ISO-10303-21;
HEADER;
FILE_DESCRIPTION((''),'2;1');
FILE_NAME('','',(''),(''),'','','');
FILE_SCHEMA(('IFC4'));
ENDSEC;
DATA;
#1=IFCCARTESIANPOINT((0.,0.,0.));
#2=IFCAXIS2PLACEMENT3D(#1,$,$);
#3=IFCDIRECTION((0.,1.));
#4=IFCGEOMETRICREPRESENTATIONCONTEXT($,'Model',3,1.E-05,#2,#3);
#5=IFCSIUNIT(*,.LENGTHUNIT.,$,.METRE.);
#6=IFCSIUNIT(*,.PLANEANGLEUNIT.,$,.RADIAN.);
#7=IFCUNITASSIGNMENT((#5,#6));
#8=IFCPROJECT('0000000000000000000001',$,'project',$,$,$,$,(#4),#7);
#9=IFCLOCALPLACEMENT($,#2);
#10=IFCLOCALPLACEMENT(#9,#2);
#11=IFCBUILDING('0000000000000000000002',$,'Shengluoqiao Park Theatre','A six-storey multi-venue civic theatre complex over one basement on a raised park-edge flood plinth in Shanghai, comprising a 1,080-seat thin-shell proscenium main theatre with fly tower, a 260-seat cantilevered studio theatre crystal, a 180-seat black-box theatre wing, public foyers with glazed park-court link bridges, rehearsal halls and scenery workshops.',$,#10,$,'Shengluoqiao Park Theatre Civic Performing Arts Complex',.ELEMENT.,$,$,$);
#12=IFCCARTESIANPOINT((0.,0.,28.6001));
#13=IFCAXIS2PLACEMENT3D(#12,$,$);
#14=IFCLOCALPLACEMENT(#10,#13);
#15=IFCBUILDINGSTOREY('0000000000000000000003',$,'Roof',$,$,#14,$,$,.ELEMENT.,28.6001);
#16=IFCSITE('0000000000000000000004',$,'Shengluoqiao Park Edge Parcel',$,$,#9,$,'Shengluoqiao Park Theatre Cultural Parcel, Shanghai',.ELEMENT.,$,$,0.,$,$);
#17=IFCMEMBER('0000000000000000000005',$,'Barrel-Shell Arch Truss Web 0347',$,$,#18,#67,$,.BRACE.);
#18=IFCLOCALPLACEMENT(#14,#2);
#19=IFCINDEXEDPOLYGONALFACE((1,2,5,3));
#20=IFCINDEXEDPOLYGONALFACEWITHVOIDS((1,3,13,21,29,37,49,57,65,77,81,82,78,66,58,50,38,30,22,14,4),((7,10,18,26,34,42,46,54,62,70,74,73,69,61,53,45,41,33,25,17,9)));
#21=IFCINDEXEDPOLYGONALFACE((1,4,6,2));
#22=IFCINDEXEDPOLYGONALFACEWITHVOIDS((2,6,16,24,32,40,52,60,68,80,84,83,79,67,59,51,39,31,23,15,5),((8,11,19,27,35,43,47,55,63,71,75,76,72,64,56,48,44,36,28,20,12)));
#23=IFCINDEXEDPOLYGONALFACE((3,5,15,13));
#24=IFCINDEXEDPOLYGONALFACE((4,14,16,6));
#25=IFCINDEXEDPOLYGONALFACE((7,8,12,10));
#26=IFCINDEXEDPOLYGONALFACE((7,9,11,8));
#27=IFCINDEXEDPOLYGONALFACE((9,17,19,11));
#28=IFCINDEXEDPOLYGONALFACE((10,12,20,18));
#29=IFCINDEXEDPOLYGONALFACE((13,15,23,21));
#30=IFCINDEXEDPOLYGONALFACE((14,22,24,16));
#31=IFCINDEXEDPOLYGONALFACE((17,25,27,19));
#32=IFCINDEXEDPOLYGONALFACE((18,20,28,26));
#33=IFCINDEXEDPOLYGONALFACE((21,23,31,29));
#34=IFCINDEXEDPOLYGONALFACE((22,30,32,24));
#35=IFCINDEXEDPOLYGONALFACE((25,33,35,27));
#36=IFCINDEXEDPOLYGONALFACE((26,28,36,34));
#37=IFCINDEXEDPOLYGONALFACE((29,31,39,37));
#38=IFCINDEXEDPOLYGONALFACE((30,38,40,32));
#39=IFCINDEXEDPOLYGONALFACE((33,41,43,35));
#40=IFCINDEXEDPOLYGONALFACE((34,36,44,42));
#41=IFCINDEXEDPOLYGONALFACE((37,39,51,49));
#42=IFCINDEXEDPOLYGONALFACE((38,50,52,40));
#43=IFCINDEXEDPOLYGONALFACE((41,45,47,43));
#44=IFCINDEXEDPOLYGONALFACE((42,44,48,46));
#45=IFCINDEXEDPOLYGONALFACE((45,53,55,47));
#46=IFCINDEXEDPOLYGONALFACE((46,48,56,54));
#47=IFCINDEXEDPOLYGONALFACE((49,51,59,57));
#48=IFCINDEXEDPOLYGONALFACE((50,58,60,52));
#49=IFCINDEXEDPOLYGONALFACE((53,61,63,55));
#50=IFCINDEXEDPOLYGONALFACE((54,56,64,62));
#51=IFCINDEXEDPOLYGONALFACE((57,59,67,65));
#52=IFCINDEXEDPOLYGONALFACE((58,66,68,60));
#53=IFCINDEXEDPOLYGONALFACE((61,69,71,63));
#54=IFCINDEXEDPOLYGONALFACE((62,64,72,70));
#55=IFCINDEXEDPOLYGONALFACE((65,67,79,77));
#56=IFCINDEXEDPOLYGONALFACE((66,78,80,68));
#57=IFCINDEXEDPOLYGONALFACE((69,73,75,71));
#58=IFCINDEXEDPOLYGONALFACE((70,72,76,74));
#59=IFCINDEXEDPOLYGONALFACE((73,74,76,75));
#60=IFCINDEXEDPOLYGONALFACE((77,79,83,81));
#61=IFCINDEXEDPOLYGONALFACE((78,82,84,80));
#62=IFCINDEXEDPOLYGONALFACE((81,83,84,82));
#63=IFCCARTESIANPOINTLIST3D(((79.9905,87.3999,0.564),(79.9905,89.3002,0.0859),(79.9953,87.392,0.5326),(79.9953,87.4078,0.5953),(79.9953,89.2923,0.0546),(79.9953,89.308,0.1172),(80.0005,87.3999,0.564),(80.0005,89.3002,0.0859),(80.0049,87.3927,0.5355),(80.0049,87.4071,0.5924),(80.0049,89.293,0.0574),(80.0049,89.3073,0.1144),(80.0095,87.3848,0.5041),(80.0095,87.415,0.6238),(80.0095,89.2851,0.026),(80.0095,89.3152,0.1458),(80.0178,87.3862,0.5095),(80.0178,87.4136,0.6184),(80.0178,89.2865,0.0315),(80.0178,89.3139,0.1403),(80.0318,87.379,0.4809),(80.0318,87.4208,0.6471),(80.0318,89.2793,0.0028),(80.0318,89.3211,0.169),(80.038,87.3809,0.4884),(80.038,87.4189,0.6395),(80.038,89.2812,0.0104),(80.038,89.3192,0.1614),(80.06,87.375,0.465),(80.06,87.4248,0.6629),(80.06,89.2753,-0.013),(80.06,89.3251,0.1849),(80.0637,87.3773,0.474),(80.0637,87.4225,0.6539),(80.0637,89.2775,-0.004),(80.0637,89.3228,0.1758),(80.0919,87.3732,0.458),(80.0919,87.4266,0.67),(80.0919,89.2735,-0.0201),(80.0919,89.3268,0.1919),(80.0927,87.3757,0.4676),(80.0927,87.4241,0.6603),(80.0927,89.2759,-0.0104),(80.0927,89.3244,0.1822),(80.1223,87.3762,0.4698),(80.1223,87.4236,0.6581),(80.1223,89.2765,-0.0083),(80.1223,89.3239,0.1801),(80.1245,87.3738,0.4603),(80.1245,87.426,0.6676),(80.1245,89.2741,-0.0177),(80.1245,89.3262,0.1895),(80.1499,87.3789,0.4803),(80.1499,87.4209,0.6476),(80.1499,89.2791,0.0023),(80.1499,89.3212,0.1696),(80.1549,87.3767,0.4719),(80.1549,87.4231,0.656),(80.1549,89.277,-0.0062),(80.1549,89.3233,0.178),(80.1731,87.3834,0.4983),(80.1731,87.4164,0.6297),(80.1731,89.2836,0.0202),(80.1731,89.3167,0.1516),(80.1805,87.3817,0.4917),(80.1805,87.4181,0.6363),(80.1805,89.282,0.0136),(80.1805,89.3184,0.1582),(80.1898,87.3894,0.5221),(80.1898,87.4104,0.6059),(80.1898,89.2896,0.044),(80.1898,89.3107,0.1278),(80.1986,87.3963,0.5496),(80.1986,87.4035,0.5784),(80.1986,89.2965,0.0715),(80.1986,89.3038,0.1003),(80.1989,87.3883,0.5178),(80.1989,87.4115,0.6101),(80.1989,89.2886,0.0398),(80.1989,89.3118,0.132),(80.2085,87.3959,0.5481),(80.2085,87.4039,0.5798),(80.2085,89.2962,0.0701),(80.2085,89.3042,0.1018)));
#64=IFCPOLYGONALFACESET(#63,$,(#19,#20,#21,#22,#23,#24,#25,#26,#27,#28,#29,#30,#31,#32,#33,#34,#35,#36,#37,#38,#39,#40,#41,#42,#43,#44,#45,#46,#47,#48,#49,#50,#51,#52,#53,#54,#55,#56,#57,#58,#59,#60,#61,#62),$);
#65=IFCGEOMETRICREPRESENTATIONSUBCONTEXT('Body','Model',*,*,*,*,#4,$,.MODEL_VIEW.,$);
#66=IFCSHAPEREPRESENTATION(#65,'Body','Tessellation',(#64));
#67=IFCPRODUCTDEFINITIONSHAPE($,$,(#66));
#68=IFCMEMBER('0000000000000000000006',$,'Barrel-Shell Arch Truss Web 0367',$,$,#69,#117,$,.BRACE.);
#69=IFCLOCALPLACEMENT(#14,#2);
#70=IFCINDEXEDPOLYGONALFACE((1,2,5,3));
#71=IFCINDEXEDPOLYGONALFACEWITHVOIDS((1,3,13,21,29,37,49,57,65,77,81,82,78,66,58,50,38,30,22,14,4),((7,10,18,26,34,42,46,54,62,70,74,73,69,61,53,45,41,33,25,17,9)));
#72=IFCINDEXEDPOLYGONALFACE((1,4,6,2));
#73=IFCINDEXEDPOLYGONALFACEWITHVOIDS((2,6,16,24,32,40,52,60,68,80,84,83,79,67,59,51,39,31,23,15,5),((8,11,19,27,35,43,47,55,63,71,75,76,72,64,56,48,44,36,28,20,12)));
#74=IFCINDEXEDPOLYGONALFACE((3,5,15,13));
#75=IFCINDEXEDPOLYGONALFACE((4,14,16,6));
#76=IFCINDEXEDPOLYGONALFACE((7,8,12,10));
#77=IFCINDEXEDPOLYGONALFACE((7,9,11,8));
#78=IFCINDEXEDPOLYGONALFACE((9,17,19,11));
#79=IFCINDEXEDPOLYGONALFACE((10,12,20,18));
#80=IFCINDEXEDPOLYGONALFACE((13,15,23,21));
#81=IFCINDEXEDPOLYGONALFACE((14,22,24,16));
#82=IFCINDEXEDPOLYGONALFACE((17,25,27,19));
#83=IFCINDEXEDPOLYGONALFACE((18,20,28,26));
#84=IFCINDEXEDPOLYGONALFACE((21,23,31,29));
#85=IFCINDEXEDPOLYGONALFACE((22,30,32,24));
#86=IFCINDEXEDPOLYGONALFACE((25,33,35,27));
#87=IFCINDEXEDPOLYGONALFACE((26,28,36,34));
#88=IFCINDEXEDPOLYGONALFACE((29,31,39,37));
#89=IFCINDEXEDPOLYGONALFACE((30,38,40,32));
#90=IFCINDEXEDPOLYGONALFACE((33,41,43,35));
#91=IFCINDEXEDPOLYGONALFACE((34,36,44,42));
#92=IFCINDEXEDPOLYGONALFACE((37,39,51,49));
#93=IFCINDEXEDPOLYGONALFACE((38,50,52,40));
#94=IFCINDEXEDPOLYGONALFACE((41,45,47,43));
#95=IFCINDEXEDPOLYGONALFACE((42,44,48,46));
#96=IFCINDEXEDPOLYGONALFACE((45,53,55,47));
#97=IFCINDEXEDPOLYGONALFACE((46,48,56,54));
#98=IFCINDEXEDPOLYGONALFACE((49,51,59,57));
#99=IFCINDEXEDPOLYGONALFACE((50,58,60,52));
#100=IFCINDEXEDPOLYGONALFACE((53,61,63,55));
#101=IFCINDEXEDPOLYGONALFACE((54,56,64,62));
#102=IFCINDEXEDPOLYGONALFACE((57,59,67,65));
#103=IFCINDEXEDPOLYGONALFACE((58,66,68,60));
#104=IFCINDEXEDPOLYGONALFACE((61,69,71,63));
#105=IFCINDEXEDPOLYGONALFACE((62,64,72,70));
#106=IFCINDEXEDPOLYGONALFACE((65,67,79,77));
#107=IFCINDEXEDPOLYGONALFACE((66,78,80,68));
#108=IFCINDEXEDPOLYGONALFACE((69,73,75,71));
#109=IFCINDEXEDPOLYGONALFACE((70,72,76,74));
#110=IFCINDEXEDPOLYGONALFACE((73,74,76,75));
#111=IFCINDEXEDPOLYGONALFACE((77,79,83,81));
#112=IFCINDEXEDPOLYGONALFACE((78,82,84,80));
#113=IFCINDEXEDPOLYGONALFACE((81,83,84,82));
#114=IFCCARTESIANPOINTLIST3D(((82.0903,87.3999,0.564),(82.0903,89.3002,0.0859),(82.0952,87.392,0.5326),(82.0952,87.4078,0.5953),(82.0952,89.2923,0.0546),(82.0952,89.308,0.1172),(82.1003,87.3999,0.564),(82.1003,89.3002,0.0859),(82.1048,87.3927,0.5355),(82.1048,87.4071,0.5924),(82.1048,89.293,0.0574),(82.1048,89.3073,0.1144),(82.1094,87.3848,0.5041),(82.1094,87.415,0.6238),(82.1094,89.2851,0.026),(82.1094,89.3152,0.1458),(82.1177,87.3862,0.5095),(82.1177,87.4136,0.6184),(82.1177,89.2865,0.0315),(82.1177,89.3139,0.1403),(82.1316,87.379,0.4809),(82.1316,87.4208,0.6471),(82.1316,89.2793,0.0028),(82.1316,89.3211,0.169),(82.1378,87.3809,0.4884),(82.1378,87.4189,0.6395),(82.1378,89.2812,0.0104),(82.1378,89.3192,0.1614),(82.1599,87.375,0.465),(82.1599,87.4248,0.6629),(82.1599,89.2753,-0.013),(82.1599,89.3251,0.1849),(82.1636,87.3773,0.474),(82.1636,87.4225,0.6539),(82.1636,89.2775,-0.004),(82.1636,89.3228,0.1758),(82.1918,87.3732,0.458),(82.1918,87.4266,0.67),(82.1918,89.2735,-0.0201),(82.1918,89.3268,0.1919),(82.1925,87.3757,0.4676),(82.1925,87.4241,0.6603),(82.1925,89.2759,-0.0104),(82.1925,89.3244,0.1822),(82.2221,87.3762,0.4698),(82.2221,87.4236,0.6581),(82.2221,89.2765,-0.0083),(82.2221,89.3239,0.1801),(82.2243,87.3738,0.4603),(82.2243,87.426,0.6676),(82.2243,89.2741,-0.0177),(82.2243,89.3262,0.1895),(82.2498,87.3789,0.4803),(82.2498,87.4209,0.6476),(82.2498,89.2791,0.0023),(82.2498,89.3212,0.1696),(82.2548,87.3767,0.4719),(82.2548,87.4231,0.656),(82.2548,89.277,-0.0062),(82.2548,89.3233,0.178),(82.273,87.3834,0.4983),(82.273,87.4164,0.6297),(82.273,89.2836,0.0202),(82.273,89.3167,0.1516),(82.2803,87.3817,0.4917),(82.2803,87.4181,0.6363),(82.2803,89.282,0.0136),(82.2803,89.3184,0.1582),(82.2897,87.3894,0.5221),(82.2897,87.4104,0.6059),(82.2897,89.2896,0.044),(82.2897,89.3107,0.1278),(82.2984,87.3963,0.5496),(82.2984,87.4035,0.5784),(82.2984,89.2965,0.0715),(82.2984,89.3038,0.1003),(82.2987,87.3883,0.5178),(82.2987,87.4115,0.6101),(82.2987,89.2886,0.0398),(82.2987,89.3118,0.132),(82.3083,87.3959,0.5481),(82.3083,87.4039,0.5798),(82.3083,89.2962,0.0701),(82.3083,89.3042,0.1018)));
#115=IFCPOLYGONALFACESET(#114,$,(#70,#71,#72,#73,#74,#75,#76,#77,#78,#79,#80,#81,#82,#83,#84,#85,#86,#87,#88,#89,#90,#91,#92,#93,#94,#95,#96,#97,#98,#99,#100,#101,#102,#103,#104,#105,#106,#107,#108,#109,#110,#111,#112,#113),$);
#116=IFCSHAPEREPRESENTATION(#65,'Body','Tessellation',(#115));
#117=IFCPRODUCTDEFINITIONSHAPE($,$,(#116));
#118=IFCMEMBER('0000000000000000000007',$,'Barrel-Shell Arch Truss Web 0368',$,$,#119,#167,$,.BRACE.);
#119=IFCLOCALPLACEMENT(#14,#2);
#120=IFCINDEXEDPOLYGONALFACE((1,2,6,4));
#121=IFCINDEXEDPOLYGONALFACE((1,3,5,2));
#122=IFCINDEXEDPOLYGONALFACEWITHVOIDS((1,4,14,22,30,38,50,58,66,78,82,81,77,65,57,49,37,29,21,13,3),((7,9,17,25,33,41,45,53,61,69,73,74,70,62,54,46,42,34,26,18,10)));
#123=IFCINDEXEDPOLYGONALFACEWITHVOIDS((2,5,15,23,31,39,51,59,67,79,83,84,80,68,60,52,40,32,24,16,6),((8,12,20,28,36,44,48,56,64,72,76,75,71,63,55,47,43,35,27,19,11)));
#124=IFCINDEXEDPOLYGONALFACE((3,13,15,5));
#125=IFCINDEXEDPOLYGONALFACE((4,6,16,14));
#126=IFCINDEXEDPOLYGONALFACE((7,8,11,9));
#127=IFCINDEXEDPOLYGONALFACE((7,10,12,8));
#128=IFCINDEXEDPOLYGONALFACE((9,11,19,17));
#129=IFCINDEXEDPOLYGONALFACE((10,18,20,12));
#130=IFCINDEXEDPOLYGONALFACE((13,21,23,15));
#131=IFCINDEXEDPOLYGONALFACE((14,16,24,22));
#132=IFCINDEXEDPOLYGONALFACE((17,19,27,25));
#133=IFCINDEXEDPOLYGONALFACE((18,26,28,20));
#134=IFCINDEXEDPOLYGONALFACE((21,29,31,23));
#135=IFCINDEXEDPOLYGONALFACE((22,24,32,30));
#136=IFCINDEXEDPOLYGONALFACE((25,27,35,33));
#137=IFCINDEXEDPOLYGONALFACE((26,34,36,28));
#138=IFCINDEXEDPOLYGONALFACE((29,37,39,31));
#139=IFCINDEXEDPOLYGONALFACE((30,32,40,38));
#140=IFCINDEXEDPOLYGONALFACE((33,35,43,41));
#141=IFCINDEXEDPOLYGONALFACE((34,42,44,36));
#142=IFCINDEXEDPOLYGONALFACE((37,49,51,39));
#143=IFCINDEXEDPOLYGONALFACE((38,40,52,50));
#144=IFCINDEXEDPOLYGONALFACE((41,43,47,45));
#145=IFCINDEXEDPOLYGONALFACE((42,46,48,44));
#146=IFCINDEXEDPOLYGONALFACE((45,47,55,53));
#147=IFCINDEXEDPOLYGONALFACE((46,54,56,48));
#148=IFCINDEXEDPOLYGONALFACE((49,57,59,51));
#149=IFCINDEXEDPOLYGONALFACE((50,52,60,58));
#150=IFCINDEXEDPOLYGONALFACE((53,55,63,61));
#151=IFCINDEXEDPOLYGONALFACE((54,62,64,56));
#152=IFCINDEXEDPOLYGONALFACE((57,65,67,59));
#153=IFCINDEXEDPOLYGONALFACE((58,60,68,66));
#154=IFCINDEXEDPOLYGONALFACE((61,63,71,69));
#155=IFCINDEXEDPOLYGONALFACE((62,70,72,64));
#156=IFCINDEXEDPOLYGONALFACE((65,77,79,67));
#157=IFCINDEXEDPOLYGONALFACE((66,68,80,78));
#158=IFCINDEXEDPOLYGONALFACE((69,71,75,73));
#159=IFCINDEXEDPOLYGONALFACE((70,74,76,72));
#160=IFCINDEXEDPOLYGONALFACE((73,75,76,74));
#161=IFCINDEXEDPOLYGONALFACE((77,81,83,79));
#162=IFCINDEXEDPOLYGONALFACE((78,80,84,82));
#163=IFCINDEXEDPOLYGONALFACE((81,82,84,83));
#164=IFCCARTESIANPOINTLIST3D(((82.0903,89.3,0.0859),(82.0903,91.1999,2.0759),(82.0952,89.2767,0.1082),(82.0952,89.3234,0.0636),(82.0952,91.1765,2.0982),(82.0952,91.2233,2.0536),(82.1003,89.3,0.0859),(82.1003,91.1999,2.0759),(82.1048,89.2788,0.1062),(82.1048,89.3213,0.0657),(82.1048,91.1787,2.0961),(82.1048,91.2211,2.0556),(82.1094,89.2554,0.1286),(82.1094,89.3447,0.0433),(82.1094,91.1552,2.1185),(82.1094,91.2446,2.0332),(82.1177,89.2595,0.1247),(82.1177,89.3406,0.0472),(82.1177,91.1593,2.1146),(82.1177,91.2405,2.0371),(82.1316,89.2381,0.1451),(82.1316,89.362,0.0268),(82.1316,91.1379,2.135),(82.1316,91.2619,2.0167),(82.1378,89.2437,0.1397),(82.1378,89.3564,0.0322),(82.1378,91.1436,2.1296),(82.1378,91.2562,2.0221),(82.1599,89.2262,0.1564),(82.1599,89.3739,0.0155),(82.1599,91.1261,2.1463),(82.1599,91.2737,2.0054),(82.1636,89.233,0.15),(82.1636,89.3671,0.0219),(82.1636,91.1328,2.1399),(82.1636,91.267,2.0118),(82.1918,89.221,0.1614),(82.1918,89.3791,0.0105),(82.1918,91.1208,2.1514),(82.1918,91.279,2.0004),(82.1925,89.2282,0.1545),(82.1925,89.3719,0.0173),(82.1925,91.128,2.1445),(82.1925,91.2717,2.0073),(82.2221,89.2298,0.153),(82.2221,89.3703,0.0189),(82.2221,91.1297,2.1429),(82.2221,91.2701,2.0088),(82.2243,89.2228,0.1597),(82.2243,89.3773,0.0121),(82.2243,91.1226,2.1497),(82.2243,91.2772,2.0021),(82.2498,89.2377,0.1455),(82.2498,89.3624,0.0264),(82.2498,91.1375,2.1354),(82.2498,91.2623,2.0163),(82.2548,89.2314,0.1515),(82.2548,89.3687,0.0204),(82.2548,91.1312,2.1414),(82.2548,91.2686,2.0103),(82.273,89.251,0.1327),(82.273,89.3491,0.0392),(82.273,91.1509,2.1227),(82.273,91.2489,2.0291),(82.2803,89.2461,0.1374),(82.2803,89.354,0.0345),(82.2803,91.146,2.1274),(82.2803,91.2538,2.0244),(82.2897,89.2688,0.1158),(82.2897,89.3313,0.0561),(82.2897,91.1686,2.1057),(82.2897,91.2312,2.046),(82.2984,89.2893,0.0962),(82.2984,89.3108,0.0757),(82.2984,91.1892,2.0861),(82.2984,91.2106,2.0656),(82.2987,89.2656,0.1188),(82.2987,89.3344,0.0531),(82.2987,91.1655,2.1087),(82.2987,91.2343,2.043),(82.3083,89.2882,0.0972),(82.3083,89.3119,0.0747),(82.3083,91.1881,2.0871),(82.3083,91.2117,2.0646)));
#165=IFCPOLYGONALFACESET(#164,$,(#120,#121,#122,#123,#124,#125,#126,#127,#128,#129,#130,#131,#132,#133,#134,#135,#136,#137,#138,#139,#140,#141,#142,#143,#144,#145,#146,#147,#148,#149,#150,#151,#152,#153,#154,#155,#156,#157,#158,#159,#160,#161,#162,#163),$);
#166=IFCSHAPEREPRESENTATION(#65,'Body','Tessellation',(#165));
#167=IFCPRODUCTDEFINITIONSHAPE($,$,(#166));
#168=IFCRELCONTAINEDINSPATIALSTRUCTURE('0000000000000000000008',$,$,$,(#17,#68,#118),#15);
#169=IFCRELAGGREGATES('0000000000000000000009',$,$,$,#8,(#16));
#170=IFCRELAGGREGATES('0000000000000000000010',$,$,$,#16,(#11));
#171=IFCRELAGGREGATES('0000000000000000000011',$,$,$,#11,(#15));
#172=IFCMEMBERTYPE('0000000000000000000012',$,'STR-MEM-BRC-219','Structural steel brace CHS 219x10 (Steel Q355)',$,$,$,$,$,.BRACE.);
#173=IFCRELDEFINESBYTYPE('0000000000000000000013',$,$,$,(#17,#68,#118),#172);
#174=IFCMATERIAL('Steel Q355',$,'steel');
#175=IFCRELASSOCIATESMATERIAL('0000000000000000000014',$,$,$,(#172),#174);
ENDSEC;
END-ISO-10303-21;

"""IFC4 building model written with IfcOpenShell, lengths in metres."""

from ifc_helpers import new_model, si_unit, direction, frame, origin, origin_2d, place, context, subcontext, project, spatial, hollow_circle, extrude, material, material_profile, profile_set, type_object, element, save


model = new_model("IFC4")

# Units and contexts
model_context = context("Model", 3, precision=1e-05, world=origin(), true_north=direction((0.0, 1.0)))
body_context = subcontext(model_context, "Body", "Model", "MODEL_VIEW")
ifc_project = project(units=[si_unit("LENGTHUNIT", "METRE"), si_unit("PLANEANGLEUNIT", "RADIAN")], contexts=[model_context])

# Site, building, storey
site_placement = place(None, origin())
site = spatial("IfcSite", under=ifc_project, at=site_placement, Name="Shengluoqiao Park Edge Parcel", LongName="Shengluoqiao Park Theatre Cultural Parcel, Shanghai", CompositionType="ELEMENT", RefElevation=0.0)
building_placement = place(site_placement, origin())
building = spatial("IfcBuilding", under=site, at=building_placement, Name="Shengluoqiao Park Theatre", Description="A six-storey multi-venue civic theatre complex over one basement on a raised park-edge flood plinth in Shanghai, comprising a 1,080-seat thin-shell proscenium main theatre with fly tower, a 260-seat cantilevered studio theatre crystal, a 180-seat black-box theatre wing, public foyers with glazed park-court link bridges, rehearsal halls and scenery workshops.", LongName="Shengluoqiao Park Theatre Civic Performing Arts Complex", CompositionType="ELEMENT")
storey_placement = place(building_placement, frame((0.0, 0.0, 28.6001)))
storey = spatial("IfcBuildingStorey", under=building, at=storey_placement, Name="Roof", CompositionType="ELEMENT", Elevation=28.6001)

# Shared definitions
ifc_material_1 = material(Name="Steel Q355", Category="steel")

# Members
ifc_material_profile_1 = material_profile(ifc_material_1, hollow_circle(Radius=0.1096, WallThickness=0.01, at=origin_2d()), Name="CHS 219x10")
ifc_profile_set_1 = profile_set([ifc_material_profile_1], Name="Steel Q355")
member_type_1 = type_object("IfcMemberType", Name="STR-MEM-BRC-219", Description="Structural steel brace CHS 219x10 (Steel Q355)", PredefinedType="BRACE", material=ifc_profile_set_1)
for number, where, z_axis, x_axis, name in (
    (1, (80.1001, 87.3999, 0.564), (0.0, 0.969782, -0.243972), (-1.0, 0.0, 0.0), "Barrel-Shell Arch Truss Web 0347"),
    (2, (82.2, 87.3999, 0.564), (0.0, 0.969782, -0.243972), (-1.0, 0.0, 0.0), "Barrel-Shell Arch Truss Web 0367"),
):
    element("IfcMember", number, at=place(storey_placement, frame(where, z_axis=z_axis, x_axis=x_axis)), inside=storey, type_object=member_type_1, Name=name, PredefinedType="BRACE", context=body_context, shape_type="SweptSolid", body=[
        extrude(hollow_circle(Radius=0.1096, WallThickness=0.01, at=origin_2d()), origin(), (0.0, 0.0, 1.0), 1.9595),
    ])
member_placement = place(storey_placement, frame((82.2, 89.3, 0.0859), z_axis=(0.0, 0.690545, 0.723289), x_axis=(-1.0, 0.0, 0.0)))
element("IfcMember", 3, at=member_placement, inside=storey, type_object=member_type_1, Name="Barrel-Shell Arch Truss Web 0368", PredefinedType="BRACE", context=body_context, shape_type="SweptSolid", body=[
    extrude(hollow_circle(Radius=0.1096, WallThickness=0.01, at=origin_2d()), origin(), (0.0, 0.0, 1.0), 2.7512),
])

save(model, "model.ifc")
